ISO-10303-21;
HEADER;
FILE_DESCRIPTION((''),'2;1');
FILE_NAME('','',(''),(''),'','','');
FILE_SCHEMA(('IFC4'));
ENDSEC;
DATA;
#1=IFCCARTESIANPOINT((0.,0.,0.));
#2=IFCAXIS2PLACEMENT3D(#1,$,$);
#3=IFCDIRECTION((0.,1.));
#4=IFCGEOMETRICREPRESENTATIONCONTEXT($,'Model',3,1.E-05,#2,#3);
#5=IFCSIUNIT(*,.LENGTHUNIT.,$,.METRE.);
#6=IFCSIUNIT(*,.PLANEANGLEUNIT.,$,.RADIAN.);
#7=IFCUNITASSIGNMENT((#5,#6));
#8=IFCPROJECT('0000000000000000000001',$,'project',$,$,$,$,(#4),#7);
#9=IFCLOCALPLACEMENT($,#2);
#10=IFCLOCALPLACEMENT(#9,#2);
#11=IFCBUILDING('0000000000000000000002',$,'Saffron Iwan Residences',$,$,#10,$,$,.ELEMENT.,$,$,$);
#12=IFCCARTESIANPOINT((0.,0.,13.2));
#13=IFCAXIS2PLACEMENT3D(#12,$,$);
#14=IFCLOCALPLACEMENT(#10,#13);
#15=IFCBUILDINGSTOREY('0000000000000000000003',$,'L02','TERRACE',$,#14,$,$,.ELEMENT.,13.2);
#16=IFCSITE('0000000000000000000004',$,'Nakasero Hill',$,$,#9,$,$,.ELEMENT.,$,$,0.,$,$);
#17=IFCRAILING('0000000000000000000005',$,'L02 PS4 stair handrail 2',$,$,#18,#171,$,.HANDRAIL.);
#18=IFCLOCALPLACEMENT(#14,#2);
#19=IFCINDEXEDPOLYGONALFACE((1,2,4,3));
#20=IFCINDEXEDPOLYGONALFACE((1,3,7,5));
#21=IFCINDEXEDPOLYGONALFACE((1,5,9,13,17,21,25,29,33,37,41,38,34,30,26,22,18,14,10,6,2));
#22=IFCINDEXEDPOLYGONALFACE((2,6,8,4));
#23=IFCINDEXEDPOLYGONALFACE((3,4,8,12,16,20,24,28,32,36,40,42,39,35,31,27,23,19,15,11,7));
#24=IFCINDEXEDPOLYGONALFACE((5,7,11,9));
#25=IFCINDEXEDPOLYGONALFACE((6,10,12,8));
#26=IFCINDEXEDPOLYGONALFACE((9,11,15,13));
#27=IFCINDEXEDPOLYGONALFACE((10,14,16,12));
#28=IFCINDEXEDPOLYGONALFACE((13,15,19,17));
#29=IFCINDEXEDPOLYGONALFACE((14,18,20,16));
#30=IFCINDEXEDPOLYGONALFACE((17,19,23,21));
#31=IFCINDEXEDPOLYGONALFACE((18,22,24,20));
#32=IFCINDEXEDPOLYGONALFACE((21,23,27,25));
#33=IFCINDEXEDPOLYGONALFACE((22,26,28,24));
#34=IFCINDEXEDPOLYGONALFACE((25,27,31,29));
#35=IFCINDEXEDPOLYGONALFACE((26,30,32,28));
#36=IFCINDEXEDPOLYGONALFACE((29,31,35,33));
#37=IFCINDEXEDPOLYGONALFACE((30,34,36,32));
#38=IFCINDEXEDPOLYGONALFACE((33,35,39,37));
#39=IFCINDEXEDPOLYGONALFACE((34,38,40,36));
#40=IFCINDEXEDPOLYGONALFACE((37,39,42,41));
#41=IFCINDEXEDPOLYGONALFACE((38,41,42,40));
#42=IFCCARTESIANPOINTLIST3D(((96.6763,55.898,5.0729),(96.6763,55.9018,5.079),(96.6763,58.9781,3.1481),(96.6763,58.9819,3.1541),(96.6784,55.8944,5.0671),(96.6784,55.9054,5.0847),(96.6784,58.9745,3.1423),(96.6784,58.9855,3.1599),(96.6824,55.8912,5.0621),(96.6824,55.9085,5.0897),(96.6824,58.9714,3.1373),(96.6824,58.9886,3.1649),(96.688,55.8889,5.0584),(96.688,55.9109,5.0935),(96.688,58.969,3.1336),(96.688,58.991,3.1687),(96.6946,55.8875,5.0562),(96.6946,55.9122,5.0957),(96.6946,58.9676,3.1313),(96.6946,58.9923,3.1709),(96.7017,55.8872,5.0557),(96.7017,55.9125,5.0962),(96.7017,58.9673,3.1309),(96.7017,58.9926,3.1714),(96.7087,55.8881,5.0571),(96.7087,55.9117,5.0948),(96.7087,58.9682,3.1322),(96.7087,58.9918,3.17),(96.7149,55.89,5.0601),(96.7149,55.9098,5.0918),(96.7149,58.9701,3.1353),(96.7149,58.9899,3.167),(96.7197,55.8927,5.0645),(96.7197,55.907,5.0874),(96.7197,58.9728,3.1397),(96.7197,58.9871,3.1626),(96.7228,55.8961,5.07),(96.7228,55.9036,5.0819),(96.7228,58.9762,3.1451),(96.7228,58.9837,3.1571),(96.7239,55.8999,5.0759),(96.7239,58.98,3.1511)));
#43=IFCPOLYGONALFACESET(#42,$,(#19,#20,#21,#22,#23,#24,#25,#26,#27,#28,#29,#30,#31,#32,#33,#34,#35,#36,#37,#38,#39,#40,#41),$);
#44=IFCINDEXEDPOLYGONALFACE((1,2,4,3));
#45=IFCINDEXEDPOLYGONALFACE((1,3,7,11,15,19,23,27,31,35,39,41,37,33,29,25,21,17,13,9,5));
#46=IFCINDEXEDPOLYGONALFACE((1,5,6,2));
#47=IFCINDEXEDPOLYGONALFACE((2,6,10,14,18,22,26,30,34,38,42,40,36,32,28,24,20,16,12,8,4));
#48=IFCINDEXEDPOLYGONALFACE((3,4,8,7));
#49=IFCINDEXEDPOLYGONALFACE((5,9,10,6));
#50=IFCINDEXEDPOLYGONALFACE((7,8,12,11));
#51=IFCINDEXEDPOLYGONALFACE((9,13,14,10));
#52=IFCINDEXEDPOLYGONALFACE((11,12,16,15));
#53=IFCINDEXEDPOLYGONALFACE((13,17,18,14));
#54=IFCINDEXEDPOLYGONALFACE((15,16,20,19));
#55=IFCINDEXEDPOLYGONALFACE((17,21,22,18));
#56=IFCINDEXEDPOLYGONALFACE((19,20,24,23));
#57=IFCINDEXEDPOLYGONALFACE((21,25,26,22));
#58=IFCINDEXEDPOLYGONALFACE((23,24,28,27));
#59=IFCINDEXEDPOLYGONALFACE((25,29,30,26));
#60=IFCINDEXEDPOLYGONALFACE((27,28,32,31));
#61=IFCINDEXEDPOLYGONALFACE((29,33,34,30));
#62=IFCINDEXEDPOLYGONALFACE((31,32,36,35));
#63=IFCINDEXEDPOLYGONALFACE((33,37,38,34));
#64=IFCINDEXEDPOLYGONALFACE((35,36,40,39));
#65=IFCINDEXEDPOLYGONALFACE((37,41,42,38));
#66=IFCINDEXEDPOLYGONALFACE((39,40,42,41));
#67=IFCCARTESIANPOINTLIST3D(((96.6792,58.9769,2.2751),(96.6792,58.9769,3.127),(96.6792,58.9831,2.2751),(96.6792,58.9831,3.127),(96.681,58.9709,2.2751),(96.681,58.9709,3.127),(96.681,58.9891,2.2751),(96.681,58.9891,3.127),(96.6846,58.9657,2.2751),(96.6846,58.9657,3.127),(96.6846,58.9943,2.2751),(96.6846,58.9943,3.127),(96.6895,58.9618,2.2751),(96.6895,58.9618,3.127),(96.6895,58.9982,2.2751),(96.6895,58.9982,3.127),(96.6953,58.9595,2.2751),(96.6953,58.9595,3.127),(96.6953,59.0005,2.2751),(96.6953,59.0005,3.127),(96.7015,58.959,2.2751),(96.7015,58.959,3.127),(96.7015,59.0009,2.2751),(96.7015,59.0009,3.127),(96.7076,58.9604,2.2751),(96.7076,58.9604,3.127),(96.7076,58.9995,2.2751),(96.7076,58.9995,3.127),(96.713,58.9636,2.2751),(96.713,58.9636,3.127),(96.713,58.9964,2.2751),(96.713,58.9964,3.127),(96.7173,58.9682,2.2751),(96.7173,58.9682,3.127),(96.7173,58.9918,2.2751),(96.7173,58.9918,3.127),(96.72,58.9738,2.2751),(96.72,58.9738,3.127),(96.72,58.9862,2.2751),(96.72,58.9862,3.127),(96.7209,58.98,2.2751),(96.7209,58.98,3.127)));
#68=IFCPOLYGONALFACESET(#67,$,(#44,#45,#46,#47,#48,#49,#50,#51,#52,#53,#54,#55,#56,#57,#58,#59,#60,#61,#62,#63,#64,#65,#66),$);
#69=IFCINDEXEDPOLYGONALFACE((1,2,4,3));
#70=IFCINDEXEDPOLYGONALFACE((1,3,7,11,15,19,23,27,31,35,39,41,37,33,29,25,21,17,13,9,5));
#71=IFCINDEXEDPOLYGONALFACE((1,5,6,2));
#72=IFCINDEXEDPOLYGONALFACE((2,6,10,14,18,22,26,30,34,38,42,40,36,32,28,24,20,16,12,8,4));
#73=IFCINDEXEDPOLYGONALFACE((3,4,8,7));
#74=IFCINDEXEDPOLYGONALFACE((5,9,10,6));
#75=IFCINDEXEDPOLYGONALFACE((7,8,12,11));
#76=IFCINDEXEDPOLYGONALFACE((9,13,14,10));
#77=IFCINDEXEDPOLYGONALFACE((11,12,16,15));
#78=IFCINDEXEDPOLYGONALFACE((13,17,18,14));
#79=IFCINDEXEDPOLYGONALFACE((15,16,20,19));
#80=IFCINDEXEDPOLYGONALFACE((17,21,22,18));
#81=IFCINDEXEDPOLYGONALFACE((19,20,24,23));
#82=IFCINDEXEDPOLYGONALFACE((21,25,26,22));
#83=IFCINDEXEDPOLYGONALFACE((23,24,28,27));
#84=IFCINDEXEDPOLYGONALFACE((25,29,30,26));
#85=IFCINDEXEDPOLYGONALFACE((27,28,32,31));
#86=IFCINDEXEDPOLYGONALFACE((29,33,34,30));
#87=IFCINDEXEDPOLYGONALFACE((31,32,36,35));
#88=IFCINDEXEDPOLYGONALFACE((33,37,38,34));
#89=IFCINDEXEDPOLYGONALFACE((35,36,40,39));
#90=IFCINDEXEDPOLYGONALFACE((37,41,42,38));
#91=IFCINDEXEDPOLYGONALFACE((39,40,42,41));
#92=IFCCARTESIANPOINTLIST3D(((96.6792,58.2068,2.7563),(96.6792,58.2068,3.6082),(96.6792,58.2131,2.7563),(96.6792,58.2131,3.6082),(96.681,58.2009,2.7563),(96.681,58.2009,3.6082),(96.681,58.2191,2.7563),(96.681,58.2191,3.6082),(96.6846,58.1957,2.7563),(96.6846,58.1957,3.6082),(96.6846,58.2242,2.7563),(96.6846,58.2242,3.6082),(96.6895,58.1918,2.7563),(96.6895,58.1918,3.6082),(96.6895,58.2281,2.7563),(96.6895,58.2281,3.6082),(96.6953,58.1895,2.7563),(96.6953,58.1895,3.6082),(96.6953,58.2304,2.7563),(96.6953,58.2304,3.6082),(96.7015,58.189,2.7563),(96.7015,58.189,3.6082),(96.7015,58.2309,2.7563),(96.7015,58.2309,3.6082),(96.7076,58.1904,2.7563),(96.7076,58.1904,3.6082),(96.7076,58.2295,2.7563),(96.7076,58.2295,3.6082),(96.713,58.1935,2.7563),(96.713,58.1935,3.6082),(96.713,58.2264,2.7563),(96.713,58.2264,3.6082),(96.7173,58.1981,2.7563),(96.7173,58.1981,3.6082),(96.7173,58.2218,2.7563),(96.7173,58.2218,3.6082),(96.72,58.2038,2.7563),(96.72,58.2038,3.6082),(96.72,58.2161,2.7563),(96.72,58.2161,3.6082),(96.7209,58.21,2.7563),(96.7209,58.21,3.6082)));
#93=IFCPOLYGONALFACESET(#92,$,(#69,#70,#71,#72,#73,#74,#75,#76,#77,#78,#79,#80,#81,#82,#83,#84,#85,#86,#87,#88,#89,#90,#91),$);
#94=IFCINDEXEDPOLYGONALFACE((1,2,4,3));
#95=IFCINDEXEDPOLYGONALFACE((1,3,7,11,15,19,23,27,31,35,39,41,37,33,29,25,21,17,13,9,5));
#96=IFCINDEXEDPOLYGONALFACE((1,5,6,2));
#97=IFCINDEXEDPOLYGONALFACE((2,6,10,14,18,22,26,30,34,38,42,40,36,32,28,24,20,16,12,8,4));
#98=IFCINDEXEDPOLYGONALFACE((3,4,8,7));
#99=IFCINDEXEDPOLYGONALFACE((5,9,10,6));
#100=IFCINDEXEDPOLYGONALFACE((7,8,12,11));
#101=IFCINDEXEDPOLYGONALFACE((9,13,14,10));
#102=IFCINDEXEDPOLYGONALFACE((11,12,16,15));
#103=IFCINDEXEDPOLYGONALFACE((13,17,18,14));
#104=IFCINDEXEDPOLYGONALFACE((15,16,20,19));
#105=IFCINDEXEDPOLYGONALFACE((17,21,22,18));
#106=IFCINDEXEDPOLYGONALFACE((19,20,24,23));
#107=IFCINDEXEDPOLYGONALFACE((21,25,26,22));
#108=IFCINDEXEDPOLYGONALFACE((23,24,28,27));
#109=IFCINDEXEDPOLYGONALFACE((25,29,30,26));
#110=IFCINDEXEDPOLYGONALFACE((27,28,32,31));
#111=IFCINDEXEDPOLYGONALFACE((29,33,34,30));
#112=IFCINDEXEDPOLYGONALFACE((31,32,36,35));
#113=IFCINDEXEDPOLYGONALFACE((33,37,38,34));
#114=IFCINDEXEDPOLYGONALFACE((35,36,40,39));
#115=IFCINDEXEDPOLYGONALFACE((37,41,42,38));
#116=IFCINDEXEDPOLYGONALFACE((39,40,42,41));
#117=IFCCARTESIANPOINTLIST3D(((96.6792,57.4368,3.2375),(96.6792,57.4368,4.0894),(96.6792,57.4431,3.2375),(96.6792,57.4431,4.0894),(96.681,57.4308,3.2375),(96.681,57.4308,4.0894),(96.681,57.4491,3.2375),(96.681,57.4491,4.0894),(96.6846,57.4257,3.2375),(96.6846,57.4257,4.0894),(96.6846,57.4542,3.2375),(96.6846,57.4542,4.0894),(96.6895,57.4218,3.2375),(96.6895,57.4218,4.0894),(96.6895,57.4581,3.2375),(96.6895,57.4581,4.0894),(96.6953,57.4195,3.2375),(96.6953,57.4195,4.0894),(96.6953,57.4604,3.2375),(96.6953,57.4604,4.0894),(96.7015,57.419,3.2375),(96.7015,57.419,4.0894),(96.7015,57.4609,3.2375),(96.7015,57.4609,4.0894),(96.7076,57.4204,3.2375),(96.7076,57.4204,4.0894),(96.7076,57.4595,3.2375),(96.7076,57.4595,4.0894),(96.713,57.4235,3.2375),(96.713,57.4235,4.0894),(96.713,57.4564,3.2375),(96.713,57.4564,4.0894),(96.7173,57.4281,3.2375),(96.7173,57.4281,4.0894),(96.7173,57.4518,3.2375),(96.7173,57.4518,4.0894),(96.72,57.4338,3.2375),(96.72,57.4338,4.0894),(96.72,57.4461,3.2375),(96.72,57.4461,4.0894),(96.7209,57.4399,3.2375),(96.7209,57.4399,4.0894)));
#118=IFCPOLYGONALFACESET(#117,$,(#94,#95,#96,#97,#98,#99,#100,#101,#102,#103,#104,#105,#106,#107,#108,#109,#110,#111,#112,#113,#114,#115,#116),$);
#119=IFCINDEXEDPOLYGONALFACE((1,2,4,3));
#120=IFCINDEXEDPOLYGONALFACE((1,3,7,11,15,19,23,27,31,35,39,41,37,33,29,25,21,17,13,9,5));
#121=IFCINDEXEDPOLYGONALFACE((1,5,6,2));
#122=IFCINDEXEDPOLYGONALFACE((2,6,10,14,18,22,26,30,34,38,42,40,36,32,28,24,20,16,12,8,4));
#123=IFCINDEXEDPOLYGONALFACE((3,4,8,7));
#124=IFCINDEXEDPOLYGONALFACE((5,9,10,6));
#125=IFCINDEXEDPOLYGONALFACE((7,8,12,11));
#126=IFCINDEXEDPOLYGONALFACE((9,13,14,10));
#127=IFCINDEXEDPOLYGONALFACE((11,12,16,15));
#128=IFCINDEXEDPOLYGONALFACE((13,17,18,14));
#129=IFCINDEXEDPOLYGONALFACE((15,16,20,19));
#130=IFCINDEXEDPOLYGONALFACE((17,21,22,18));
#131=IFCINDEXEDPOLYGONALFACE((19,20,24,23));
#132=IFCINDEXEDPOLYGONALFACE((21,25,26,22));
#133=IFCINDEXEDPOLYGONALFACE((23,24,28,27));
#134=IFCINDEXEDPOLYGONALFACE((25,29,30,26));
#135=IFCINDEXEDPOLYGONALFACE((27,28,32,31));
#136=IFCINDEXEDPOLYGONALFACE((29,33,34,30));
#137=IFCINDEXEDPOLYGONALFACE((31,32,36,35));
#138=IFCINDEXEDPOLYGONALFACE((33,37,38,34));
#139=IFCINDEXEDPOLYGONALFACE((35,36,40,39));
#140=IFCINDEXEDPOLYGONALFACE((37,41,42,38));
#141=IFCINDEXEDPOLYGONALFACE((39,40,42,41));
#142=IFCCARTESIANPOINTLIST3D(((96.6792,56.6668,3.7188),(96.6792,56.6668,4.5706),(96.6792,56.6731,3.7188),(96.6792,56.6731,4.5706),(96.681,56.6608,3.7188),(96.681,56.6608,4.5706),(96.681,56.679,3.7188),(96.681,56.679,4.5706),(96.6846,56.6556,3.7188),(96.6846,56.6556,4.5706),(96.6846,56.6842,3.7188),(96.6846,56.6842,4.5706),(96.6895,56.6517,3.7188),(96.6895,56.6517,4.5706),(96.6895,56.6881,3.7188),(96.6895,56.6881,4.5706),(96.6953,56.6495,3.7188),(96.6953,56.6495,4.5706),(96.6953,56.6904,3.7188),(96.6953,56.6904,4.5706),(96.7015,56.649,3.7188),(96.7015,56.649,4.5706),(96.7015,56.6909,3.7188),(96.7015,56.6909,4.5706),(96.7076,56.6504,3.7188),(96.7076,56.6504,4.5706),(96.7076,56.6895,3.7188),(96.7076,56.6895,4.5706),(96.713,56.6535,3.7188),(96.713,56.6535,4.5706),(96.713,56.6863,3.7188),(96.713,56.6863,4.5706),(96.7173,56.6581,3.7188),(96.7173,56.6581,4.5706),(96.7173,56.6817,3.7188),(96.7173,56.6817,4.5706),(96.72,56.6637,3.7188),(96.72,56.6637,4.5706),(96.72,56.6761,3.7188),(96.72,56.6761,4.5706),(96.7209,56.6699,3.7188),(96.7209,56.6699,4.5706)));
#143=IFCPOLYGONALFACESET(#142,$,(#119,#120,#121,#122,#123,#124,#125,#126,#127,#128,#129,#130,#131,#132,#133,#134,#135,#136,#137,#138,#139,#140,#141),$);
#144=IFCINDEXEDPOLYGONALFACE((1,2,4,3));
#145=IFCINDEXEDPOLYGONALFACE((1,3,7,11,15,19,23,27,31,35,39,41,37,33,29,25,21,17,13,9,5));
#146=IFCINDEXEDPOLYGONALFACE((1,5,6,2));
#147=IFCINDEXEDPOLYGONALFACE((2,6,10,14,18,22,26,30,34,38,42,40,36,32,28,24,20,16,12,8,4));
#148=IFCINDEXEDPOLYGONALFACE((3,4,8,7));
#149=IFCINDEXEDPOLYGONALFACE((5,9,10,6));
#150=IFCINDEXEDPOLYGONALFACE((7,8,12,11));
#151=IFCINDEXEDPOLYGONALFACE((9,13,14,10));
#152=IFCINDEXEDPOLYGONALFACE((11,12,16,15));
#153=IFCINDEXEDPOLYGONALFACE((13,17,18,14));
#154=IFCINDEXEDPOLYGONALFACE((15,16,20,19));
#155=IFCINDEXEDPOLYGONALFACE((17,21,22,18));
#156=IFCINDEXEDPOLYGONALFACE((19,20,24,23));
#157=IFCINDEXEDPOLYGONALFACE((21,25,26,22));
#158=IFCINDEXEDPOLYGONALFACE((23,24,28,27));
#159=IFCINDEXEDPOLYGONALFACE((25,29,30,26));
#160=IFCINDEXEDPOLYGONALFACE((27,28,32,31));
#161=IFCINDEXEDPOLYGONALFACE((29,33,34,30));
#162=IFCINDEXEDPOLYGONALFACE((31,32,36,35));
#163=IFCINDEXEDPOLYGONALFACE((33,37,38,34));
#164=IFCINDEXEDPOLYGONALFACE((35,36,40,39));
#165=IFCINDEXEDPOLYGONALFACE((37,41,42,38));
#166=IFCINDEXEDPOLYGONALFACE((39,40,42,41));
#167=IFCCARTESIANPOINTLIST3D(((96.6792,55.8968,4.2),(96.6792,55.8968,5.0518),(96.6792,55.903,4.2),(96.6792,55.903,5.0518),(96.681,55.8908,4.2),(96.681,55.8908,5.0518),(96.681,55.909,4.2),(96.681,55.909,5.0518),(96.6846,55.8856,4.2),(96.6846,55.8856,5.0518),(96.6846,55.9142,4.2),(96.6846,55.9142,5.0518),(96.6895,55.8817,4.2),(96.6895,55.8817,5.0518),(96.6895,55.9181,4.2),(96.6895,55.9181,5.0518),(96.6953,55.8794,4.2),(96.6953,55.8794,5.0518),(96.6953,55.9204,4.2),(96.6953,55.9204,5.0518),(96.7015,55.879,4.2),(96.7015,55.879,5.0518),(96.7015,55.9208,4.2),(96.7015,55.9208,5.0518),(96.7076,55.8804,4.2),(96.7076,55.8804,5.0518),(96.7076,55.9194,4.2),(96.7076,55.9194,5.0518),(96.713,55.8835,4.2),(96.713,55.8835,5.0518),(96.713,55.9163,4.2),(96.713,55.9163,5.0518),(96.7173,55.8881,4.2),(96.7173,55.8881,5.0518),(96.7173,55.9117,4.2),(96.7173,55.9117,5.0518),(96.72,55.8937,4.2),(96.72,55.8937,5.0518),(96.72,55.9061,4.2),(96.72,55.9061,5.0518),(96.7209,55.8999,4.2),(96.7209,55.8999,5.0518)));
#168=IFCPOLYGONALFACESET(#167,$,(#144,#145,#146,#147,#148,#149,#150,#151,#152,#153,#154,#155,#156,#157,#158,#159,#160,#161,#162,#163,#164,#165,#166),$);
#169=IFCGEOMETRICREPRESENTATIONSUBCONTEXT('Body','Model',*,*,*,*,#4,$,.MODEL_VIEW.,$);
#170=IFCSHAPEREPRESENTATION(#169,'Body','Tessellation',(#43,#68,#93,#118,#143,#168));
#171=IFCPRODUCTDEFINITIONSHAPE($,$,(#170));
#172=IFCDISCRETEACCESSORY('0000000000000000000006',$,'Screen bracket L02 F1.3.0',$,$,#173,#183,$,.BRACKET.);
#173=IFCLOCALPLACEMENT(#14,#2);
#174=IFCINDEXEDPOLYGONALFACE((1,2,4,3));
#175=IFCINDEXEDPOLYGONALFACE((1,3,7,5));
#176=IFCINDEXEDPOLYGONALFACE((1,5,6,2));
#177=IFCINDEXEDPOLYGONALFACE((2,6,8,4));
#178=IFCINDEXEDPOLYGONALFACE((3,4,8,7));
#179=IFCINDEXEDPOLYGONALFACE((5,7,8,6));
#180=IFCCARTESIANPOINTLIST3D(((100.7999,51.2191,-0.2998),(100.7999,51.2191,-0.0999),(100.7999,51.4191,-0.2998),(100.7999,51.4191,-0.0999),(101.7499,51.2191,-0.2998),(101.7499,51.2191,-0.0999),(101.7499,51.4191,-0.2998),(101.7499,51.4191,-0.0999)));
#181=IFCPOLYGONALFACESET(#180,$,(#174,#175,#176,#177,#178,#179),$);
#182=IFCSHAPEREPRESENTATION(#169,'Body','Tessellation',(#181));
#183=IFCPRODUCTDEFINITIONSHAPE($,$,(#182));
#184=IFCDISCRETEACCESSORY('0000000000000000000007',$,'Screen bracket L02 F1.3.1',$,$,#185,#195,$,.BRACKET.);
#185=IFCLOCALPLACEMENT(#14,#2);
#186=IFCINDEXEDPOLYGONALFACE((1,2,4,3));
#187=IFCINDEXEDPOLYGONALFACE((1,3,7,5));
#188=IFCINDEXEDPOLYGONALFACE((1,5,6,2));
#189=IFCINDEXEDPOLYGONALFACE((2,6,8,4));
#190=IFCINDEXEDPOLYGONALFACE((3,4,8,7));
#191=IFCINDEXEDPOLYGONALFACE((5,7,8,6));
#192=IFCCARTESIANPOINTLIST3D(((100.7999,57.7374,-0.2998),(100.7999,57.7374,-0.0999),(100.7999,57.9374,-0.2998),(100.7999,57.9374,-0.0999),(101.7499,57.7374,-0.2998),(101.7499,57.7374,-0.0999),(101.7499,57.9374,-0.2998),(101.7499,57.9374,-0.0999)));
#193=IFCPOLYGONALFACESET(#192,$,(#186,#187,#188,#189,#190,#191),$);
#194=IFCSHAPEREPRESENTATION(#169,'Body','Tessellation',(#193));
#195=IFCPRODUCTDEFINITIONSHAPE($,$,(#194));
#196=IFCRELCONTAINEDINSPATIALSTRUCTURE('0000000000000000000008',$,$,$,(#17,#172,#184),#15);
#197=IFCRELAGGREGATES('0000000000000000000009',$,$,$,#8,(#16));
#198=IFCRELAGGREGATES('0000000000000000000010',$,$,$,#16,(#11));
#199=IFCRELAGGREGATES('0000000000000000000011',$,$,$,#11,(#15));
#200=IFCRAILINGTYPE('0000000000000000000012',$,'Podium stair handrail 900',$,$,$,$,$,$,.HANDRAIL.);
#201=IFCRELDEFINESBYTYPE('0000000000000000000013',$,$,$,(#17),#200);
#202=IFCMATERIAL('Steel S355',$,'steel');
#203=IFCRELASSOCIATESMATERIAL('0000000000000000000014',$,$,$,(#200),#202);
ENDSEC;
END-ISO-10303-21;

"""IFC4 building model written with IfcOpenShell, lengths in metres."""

from ifc_helpers import new_model, si_unit, direction, frame, origin, origin_2d, place, context, subcontext, project, spatial, rectangle, circle, extrude, source, transform, mapped, material, type_object, element, save


model = new_model("IFC4")

# Units and contexts
model_context = context("Model", 3, precision=1e-05, world=origin(), true_north=direction((0.0, 1.0)))
body_context = subcontext(model_context, "Body", "Model", "MODEL_VIEW")
ifc_project = project(units=[si_unit("LENGTHUNIT", "METRE"), si_unit("PLANEANGLEUNIT", "RADIAN")], contexts=[model_context])

# Site, building, storey
site_placement = place(None, origin())
site = spatial("IfcSite", under=ifc_project, at=site_placement, Name="Nakasero Hill", CompositionType="ELEMENT", RefElevation=0.0)
building_placement = place(site_placement, origin())
building = spatial("IfcBuilding", under=site, at=building_placement, Name="Saffron Iwan Residences", CompositionType="ELEMENT")
storey_placement = place(building_placement, frame((0.0, 0.0, 13.2)))
storey = spatial("IfcBuildingStorey", under=building, at=storey_placement, Name="L02", Description="TERRACE", CompositionType="ELEMENT", Elevation=13.2)

# Railing
ifc_material_1 = material(Name="Steel S355", Category="steel")
railing_type_1 = type_object("IfcRailingType", Name="Podium stair handrail 900", PredefinedType="HANDRAIL", material=ifc_material_1)
railing_1_placement = place(storey_placement, frame((96.7, 58.98, 2.2751)))
element("IfcRailing", 1, at=railing_1_placement, inside=storey, type_object=railing_type_1, Name="L02 PS4 stair handrail 2", PredefinedType="HANDRAIL", context=body_context, shape_type="SweptSolid", body=[
    extrude(circle(Radius=0.0239, at=origin_2d()), frame((0.0, 0.0, 0.876), z_axis=(0.0, -0.848029, 0.529951), x_axis=(1.0, 0.0, 0.0)), (0.0, 0.0, 1.0), 3.6321),
    extrude(circle(Radius=0.021, at=origin_2d()), origin(), (0.0, 0.0, 1.0), 0.8518),
    extrude(circle(Radius=0.021, at=origin_2d()), frame((0.0, -0.77, 0.4812)), (0.0, 0.0, 1.0), 0.8518),
    extrude(circle(Radius=0.021, at=origin_2d()), frame((0.0, -1.54, 0.9624)), (0.0, 0.0, 1.0), 0.8518),
    extrude(circle(Radius=0.021, at=origin_2d()), frame((0.0, -2.3101, 1.4436)), (0.0, 0.0, 1.0), 0.8518),
    extrude(circle(Radius=0.021, at=origin_2d()), frame((0.0, -3.0801, 1.9248)), (0.0, 0.0, 1.0), 0.8518),
])

# Discrete accessories
shared_shape_1 = source(origin(), body_context, "Body", "SweptSolid", [
    extrude(rectangle(XDim=0.95, YDim=0.2, at=origin_2d()), origin(), (0.0, 0.0, 1.0), 0.2),
])
for number, where, z_axis, x_axis, name in (
    (2, (101.2749, 51.3191, -0.2998), (0.0, 0.0, 1.0), (1.0, 0.0, 0.0), "Screen bracket L02 F1.3.0"),
    (3, (101.2749, 57.8374, -0.2998), (0.0, 0.0, 1.0), (1.0, 0.0, 0.0), "Screen bracket L02 F1.3.1"),
):
    element("IfcDiscreteAccessory", number, at=place(storey_placement, frame(where, z_axis=z_axis, x_axis=x_axis)), inside=storey, Name=name, PredefinedType="BRACKET", context=body_context, shape_type="MappedRepresentation", body=[
        mapped(shared_shape_1, transform((0.0, 0.0, 0.0))),
    ])

save(model, "model.ifc")
